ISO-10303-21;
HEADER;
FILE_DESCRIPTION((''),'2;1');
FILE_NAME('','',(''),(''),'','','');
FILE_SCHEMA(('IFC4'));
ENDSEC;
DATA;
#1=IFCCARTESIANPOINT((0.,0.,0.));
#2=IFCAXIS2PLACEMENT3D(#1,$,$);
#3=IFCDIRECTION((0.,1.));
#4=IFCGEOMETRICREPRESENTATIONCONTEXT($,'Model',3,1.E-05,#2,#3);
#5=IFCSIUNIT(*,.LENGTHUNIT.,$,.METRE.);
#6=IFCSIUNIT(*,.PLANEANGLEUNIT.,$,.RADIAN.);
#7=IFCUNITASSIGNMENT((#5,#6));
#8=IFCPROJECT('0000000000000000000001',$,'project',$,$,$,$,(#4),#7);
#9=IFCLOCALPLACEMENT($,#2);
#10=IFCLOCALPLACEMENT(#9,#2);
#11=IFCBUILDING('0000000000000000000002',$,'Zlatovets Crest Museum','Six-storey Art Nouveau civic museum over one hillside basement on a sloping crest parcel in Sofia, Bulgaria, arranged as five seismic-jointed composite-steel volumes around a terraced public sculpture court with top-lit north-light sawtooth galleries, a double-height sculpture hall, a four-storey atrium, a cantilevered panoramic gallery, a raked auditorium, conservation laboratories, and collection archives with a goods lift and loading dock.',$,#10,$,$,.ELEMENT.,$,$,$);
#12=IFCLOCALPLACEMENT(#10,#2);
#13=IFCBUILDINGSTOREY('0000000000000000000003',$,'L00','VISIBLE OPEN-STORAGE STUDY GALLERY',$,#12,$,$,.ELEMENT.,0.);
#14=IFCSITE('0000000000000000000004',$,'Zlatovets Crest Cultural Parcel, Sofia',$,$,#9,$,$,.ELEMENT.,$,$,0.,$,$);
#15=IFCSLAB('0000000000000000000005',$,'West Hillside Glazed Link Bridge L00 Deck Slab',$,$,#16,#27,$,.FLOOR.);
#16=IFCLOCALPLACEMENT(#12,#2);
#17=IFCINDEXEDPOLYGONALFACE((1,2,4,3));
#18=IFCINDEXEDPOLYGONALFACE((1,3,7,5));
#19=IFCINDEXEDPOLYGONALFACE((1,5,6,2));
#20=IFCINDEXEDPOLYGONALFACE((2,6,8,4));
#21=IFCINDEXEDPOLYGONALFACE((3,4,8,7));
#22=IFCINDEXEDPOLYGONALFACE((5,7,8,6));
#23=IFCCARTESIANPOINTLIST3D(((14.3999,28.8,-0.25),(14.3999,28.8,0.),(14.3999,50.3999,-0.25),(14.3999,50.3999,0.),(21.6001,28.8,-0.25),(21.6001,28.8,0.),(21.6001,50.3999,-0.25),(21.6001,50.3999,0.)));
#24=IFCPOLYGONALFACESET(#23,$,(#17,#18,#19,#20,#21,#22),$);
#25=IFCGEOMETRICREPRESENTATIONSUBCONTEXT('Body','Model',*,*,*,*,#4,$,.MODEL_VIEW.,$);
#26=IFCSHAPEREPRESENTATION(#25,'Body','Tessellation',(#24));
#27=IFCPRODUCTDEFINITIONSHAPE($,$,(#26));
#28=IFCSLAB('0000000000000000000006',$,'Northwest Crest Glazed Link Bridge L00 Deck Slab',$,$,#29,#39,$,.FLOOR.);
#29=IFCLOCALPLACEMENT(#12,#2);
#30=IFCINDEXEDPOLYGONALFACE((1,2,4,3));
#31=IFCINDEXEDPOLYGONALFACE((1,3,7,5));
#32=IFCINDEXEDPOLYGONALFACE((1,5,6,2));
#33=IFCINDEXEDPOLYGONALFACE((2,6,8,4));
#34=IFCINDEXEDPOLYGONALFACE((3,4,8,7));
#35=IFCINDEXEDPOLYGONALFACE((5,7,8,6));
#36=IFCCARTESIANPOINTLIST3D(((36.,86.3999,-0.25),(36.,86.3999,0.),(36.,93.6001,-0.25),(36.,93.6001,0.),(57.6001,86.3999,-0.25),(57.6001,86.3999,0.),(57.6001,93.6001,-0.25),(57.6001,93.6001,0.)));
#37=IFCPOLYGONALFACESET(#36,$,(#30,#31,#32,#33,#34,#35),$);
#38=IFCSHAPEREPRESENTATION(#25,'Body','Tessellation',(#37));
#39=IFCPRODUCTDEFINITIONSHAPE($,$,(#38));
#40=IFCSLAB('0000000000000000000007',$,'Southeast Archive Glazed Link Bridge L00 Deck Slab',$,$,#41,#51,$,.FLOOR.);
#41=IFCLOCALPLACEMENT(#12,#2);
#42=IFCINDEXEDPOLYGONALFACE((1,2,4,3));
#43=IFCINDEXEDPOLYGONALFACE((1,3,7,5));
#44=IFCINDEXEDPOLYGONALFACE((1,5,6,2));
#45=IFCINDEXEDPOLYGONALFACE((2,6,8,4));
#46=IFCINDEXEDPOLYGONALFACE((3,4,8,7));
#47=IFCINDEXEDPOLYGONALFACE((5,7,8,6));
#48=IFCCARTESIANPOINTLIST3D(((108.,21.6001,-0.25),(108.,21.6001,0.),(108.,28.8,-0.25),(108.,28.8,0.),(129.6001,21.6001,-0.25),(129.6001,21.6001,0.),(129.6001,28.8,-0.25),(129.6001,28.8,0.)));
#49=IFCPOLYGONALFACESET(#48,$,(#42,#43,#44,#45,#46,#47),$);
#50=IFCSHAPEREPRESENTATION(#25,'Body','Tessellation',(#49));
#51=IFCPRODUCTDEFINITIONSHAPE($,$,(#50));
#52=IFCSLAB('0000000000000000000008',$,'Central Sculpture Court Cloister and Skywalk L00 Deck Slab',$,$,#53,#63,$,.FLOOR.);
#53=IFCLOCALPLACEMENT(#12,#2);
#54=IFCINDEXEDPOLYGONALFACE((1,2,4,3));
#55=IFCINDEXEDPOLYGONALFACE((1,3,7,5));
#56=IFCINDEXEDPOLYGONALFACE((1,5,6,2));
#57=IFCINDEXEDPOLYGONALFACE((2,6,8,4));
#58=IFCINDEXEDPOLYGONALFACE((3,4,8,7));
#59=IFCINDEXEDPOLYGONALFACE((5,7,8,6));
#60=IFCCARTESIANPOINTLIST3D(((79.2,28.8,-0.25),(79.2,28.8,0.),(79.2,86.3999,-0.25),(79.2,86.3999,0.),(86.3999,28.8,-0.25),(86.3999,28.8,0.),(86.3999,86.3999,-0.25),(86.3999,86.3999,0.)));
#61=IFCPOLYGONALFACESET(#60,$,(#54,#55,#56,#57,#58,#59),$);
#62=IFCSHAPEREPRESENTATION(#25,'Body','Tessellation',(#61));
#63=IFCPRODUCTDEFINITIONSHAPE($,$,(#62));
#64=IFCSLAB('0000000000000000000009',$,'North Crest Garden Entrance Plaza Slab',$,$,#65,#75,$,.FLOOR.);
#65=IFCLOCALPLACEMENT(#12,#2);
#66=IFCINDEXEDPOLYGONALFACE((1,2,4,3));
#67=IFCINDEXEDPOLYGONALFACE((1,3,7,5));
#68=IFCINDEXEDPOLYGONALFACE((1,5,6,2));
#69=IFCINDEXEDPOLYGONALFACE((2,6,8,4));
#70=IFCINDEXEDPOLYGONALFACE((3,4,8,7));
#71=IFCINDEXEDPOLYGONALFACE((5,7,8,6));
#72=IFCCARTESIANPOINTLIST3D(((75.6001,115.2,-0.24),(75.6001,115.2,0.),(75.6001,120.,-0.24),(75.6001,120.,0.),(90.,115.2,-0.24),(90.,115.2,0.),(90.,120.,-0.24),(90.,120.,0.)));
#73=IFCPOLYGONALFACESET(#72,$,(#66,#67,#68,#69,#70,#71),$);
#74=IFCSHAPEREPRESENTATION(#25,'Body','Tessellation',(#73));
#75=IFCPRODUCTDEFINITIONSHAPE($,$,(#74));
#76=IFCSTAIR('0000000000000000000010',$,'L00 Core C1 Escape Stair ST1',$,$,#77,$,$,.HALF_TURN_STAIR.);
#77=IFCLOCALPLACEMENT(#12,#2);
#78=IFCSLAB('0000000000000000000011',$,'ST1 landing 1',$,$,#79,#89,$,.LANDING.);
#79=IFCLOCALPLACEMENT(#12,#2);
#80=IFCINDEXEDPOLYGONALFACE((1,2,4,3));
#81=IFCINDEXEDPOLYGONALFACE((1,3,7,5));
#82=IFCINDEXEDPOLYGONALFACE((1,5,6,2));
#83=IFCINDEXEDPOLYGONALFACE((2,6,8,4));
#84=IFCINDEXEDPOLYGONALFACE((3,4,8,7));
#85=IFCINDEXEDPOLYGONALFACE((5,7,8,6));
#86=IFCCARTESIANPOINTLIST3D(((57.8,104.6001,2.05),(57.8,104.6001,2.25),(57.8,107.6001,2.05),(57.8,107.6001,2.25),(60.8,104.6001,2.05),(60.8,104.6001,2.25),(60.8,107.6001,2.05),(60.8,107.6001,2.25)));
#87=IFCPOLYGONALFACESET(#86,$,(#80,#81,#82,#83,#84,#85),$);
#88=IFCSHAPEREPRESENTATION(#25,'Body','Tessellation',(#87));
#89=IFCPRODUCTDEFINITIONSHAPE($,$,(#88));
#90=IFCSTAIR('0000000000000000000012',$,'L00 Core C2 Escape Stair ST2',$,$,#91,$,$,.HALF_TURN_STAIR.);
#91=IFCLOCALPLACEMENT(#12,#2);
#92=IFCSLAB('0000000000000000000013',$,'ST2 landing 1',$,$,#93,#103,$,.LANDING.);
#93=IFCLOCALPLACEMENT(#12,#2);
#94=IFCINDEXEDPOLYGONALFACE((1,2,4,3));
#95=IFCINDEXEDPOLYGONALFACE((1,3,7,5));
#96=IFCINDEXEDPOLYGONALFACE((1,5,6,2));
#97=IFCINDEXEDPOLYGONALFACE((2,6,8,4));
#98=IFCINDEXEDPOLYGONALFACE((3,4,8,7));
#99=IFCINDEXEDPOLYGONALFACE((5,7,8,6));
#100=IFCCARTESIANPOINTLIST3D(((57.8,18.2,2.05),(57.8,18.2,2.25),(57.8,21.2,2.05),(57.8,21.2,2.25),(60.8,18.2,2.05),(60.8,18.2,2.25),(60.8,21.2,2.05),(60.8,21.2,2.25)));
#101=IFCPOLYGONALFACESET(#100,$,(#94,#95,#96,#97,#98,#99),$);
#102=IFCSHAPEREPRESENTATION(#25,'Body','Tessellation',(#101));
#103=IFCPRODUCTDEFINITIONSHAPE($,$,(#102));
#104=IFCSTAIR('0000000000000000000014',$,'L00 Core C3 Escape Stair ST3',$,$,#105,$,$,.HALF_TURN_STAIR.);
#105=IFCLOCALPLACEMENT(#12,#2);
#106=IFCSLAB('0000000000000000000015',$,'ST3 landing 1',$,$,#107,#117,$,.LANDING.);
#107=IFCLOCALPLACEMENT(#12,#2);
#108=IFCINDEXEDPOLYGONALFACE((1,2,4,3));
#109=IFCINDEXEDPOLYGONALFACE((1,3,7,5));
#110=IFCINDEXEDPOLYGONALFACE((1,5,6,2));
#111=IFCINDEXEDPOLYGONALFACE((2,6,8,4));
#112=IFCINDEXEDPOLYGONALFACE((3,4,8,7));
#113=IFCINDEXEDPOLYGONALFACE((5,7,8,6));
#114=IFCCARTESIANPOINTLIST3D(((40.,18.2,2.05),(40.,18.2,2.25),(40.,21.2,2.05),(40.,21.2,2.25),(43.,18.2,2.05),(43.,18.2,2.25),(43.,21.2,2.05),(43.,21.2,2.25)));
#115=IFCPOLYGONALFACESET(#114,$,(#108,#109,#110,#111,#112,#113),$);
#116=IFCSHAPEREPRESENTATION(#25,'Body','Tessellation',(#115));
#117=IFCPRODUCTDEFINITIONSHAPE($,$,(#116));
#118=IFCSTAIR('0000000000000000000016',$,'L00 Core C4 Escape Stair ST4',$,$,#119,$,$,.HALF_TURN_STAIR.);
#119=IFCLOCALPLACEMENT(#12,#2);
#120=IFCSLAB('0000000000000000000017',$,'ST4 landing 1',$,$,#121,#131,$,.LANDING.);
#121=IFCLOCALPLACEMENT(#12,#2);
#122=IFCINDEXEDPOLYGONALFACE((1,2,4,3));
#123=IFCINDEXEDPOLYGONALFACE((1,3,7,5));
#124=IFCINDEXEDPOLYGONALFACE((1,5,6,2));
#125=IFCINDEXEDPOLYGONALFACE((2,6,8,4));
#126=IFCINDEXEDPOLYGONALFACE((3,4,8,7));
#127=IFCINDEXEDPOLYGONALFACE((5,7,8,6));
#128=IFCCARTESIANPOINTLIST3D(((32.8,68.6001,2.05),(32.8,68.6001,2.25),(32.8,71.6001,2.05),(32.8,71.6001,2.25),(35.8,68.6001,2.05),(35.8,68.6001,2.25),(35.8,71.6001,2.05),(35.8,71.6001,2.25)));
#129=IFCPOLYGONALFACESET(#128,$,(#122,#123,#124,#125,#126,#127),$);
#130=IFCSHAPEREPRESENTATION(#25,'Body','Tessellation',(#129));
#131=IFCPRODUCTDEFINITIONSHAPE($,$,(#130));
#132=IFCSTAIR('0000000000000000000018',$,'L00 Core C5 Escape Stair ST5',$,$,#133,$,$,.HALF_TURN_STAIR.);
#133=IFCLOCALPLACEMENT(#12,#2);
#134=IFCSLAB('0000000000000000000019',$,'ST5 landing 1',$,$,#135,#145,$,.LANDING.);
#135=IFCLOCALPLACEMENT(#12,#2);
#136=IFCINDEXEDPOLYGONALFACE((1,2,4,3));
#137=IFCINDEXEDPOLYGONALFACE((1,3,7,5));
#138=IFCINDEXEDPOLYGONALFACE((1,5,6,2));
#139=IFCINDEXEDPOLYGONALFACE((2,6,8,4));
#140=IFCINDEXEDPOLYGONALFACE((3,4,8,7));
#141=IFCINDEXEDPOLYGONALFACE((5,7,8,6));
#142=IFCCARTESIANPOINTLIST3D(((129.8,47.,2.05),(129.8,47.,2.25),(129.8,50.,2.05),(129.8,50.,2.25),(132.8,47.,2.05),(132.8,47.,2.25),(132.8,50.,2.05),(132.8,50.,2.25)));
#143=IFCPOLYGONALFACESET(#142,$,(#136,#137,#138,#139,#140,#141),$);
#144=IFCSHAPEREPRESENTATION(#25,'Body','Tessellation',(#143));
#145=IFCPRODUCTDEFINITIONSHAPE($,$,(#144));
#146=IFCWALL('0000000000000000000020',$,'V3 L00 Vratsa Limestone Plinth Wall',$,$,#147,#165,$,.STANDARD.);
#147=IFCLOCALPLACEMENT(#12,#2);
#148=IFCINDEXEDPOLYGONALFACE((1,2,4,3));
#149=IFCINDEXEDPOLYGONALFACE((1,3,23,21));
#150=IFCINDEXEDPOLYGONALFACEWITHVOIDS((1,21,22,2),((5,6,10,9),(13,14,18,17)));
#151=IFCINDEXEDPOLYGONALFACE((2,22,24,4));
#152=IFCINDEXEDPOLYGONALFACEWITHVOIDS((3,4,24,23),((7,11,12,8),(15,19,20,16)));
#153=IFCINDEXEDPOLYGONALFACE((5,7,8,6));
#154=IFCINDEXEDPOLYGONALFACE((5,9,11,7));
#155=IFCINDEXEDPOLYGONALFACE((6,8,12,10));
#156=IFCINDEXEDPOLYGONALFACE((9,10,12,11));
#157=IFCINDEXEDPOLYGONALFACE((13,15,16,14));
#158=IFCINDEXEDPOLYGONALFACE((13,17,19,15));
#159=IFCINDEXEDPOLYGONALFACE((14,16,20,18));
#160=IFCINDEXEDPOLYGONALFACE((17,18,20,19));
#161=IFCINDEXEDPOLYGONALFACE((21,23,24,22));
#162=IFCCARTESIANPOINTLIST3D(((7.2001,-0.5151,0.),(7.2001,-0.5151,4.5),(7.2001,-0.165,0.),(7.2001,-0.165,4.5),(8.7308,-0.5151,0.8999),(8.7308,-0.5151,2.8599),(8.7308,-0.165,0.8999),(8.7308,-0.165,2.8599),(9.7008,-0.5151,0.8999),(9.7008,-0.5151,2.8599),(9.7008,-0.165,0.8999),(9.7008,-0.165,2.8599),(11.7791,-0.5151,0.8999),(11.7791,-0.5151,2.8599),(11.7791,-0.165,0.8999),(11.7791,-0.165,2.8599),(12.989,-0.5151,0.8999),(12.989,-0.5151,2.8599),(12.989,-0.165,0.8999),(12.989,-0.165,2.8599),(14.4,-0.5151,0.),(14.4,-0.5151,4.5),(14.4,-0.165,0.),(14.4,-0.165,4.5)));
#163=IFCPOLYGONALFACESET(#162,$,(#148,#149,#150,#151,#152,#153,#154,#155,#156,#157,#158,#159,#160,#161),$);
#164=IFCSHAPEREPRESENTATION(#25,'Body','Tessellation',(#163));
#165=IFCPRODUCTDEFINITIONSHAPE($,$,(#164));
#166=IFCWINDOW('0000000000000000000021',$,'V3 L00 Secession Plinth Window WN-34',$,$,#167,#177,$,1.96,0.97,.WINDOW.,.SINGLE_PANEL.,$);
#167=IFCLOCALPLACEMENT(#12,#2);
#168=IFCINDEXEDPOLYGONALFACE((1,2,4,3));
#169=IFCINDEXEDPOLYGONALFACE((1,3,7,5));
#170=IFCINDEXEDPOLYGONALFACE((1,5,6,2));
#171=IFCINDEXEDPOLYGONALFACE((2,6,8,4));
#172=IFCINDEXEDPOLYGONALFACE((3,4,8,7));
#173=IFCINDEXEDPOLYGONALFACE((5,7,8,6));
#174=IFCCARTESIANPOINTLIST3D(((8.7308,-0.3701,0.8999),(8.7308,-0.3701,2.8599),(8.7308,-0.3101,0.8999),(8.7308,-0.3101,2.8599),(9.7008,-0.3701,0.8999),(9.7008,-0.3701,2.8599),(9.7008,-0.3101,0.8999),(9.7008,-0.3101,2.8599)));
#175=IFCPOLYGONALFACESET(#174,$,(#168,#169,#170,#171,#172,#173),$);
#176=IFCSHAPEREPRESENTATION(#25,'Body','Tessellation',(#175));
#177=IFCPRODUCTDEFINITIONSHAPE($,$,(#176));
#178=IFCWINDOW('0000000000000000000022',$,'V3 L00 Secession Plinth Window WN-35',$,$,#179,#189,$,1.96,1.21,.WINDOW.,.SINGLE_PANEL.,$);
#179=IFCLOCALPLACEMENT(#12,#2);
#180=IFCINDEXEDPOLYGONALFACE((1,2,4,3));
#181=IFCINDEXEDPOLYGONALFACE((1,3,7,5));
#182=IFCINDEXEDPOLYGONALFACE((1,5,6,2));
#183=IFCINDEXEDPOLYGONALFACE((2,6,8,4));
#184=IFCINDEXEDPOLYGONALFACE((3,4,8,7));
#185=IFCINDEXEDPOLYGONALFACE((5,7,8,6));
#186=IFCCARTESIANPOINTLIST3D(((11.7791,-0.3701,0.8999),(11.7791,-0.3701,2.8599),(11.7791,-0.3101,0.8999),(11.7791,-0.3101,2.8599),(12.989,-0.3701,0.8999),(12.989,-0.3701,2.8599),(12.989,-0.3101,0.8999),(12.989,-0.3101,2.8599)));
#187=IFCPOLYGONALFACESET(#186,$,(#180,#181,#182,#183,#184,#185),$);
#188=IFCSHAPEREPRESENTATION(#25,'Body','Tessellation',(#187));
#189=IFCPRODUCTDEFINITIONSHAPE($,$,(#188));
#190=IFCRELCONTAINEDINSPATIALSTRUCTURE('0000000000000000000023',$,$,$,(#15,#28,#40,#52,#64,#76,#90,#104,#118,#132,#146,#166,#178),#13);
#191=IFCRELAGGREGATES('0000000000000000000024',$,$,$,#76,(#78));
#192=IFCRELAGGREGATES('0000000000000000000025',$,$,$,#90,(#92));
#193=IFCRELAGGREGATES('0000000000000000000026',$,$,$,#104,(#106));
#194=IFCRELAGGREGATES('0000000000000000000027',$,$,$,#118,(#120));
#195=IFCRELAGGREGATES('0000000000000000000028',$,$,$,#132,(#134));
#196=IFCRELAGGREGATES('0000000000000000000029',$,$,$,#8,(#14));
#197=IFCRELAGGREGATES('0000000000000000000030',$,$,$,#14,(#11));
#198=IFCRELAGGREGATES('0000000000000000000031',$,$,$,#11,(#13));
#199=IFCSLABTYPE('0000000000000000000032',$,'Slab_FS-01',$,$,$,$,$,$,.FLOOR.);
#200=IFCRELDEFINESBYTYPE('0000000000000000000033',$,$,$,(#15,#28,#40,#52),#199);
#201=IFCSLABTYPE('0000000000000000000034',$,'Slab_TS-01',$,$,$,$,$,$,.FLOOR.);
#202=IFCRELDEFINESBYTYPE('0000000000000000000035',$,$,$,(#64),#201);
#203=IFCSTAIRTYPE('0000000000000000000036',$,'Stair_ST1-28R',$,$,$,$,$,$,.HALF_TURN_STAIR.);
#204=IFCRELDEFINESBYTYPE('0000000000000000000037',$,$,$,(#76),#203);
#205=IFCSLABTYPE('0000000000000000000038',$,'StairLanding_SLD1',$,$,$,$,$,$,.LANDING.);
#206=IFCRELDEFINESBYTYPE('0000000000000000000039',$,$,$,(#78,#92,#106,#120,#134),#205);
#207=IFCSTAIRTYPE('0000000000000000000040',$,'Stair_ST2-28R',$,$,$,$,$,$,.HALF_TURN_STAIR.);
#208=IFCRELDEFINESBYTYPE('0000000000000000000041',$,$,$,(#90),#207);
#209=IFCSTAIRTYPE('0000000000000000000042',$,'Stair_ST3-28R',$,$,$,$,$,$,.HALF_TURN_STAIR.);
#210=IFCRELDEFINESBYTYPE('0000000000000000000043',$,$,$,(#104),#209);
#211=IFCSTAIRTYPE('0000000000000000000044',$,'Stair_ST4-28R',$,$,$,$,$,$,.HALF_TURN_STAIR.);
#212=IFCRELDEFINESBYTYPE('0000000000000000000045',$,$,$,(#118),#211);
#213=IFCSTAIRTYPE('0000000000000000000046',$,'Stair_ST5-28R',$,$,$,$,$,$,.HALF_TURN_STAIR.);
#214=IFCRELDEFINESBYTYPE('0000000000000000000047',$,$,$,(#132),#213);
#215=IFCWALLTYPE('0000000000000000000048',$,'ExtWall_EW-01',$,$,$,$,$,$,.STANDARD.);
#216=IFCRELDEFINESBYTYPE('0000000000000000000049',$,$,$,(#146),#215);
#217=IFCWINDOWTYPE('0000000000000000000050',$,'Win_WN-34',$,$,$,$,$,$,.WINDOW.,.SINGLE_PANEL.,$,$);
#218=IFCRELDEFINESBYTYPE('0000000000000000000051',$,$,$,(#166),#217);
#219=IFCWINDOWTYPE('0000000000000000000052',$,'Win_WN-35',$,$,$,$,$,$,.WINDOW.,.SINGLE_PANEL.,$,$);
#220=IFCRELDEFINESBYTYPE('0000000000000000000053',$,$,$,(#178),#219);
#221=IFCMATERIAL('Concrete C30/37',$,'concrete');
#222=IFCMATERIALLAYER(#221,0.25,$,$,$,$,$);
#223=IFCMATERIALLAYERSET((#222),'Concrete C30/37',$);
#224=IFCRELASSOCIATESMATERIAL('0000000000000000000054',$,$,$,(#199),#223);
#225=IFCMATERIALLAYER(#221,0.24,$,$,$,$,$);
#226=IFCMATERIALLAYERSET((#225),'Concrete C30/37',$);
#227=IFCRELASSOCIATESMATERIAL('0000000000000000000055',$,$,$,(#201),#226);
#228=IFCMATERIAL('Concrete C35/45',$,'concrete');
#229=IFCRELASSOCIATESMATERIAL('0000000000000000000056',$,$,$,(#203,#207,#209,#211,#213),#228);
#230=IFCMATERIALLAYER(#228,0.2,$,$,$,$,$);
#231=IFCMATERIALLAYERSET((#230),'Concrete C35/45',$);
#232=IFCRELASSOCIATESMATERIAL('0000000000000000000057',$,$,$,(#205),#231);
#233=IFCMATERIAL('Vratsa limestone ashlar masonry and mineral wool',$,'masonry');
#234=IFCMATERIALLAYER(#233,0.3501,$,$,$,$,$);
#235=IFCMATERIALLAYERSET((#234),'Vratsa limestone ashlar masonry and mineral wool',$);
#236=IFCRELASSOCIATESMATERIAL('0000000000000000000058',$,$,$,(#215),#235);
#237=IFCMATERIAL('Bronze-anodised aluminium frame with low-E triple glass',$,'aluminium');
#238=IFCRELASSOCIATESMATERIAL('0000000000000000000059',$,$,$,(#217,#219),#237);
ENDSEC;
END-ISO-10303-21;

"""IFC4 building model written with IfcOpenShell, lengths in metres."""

from ifc_helpers import new_model, si_unit, direction, frame, frame_2d, origin, place, context, subcontext, project, spatial, polyline, rectangle, outline, extrude, material, layer, layer_set, type_object, element, fill, aggregate, save


model = new_model("IFC4")

# Units and contexts
model_context = context("Model", 3, precision=1e-05, world=origin(), true_north=direction((0.0, 1.0)))
body_context = subcontext(model_context, "Body", "Model", "MODEL_VIEW")
ifc_project = project(units=[si_unit("LENGTHUNIT", "METRE"), si_unit("PLANEANGLEUNIT", "RADIAN")], contexts=[model_context])

# Site, building, storey
site_placement = place(None, origin())
site = spatial("IfcSite", under=ifc_project, at=site_placement, Name="Zlatovets Crest Cultural Parcel, Sofia", CompositionType="ELEMENT", RefElevation=0.0)
building_placement = place(site_placement, origin())
building = spatial("IfcBuilding", under=site, at=building_placement, Name="Zlatovets Crest Museum", Description="Six-storey Art Nouveau civic museum over one hillside basement on a sloping crest parcel in Sofia, Bulgaria, arranged as five seismic-jointed composite-steel volumes around a terraced public sculpture court with top-lit north-light sawtooth galleries, a double-height sculpture hall, a four-storey atrium, a cantilevered panoramic gallery, a raked auditorium, conservation laboratories, and collection archives with a goods lift and loading dock.", CompositionType="ELEMENT")
storey_placement = place(building_placement, origin())
storey = spatial("IfcBuildingStorey", under=building, at=storey_placement, Name="L00", Description="VISIBLE OPEN-STORAGE STUDY GALLERY", CompositionType="ELEMENT", Elevation=0.0)

# Slabs
ifc_material_1 = material(Name="Concrete C30/37", Category="concrete")
ifc_layer_1 = layer(ifc_material_1, 0.25)
ifc_layer_set_1 = layer_set([ifc_layer_1], Name="Concrete C30/37")
slab_type_1 = type_object("IfcSlabType", Name="Slab_FS-01", PredefinedType="FLOOR", material=ifc_layer_set_1)
slab_1_placement = place(storey_placement, frame((0.0, 0.0, -0.25)))
element("IfcSlab", 1, at=slab_1_placement, inside=storey, type_object=slab_type_1, Name="West Hillside Glazed Link Bridge L00 Deck Slab", PredefinedType="FLOOR", context=body_context, shape_type="SweptSolid", body=[
    extrude(outline(polyline([(21.6001, 28.8), (21.6001, 50.3999), (14.3999, 50.3999), (14.3999, 28.8), (21.6001, 28.8)])), origin(), (0.0, 0.0, 1.0), 0.25),
])
slab_2_placement = place(storey_placement, frame((0.0, 0.0, -0.25)))
element("IfcSlab", 2, at=slab_2_placement, inside=storey, type_object=slab_type_1, Name="Northwest Crest Glazed Link Bridge L00 Deck Slab", PredefinedType="FLOOR", context=body_context, shape_type="SweptSolid", body=[
    extrude(outline(polyline([(57.6001, 86.3999), (57.6001, 93.6001), (36.0, 93.6001), (36.0, 86.3999), (57.6001, 86.3999)])), origin(), (0.0, 0.0, 1.0), 0.25),
])
slab_3_placement = place(storey_placement, frame((0.0, 0.0, -0.25)))
element("IfcSlab", 3, at=slab_3_placement, inside=storey, type_object=slab_type_1, Name="Southeast Archive Glazed Link Bridge L00 Deck Slab", PredefinedType="FLOOR", context=body_context, shape_type="SweptSolid", body=[
    extrude(outline(polyline([(129.6001, 21.6001), (129.6001, 28.8), (108.0, 28.8), (108.0, 21.6001), (129.6001, 21.6001)])), origin(), (0.0, 0.0, 1.0), 0.25),
])
slab_4_placement = place(storey_placement, frame((0.0, 0.0, -0.25)))
element("IfcSlab", 4, at=slab_4_placement, inside=storey, type_object=slab_type_1, Name="Central Sculpture Court Cloister and Skywalk L00 Deck Slab", PredefinedType="FLOOR", context=body_context, shape_type="SweptSolid", body=[
    extrude(outline(polyline([(86.3999, 28.8), (86.3999, 86.3999), (79.2, 86.3999), (79.2, 28.8), (86.3999, 28.8)])), origin(), (0.0, 0.0, 1.0), 0.25),
])
ifc_layer_2 = layer(ifc_material_1, 0.24)
ifc_layer_set_2 = layer_set([ifc_layer_2], Name="Concrete C30/37")
slab_type_2 = type_object("IfcSlabType", Name="Slab_TS-01", PredefinedType="FLOOR", material=ifc_layer_set_2)
slab_5_placement = place(storey_placement, frame((0.0, 0.0, -0.24)))
element("IfcSlab", 5, at=slab_5_placement, inside=storey, type_object=slab_type_2, Name="North Crest Garden Entrance Plaza Slab", PredefinedType="FLOOR", context=body_context, shape_type="SweptSolid", body=[
    extrude(outline(polyline([(75.6001, 115.2), (90.0, 115.2), (90.0, 120.0), (75.6001, 120.0), (75.6001, 115.2)])), origin(), (0.0, 0.0, 1.0), 0.24),
])

# Stairs, slabs
ifc_material_2 = material(Name="Concrete C35/45", Category="concrete")
stair_type_1 = type_object("IfcStairType", Name="Stair_ST1-28R", PredefinedType="HALF_TURN_STAIR", material=ifc_material_2)
stair_1_placement = place(storey_placement, origin())
stair_1 = element("IfcStair", 6, at=stair_1_placement, inside=storey, type_object=stair_type_1, Name="L00 Core C1 Escape Stair ST1", PredefinedType="HALF_TURN_STAIR")
ifc_layer_3 = layer(ifc_material_2, 0.2)
ifc_layer_set_3 = layer_set([ifc_layer_3], Name="Concrete C35/45")
slab_type_3 = type_object("IfcSlabType", Name="StairLanding_SLD1", PredefinedType="LANDING", material=ifc_layer_set_3)
slab_6_placement = place(storey_placement, frame((0.0, 0.0, 2.05)))
slab_6 = element("IfcSlab", 7, at=slab_6_placement, type_object=slab_type_3, Name="ST1 landing 1", PredefinedType="LANDING", context=body_context, shape_type="SweptSolid", body=[
    extrude(outline(polyline([(60.8, 104.6001), (60.8, 107.6001), (57.8, 107.6001), (57.8, 104.6001), (60.8, 104.6001)])), origin(), (0.0, 0.0, 1.0), 0.2),
])
aggregate(stair_1, [slab_6])
stair_type_2 = type_object("IfcStairType", Name="Stair_ST2-28R", PredefinedType="HALF_TURN_STAIR", material=ifc_material_2)
stair_2_placement = place(storey_placement, origin())
stair_2 = element("IfcStair", 8, at=stair_2_placement, inside=storey, type_object=stair_type_2, Name="L00 Core C2 Escape Stair ST2", PredefinedType="HALF_TURN_STAIR")
slab_7_placement = place(storey_placement, frame((0.0, 0.0, 2.05)))
slab_7 = element("IfcSlab", 9, at=slab_7_placement, type_object=slab_type_3, Name="ST2 landing 1", PredefinedType="LANDING", context=body_context, shape_type="SweptSolid", body=[
    extrude(outline(polyline([(60.8, 18.2), (60.8, 21.2), (57.8, 21.2), (57.8, 18.2), (60.8, 18.2)])), origin(), (0.0, 0.0, 1.0), 0.2),
])
aggregate(stair_2, [slab_7])
stair_type_3 = type_object("IfcStairType", Name="Stair_ST3-28R", PredefinedType="HALF_TURN_STAIR", material=ifc_material_2)
stair_3_placement = place(storey_placement, origin())
stair_3 = element("IfcStair", 10, at=stair_3_placement, inside=storey, type_object=stair_type_3, Name="L00 Core C3 Escape Stair ST3", PredefinedType="HALF_TURN_STAIR")
slab_8_placement = place(storey_placement, frame((0.0, 0.0, 2.05)))
slab_8 = element("IfcSlab", 11, at=slab_8_placement, type_object=slab_type_3, Name="ST3 landing 1", PredefinedType="LANDING", context=body_context, shape_type="SweptSolid", body=[
    extrude(outline(polyline([(43.0, 18.2), (43.0, 21.2), (40.0, 21.2), (40.0, 18.2), (43.0, 18.2)])), origin(), (0.0, 0.0, 1.0), 0.2),
])
aggregate(stair_3, [slab_8])
stair_type_4 = type_object("IfcStairType", Name="Stair_ST4-28R", PredefinedType="HALF_TURN_STAIR", material=ifc_material_2)
stair_4_placement = place(storey_placement, origin())
stair_4 = element("IfcStair", 12, at=stair_4_placement, inside=storey, type_object=stair_type_4, Name="L00 Core C4 Escape Stair ST4", PredefinedType="HALF_TURN_STAIR")
slab_9_placement = place(storey_placement, frame((0.0, 0.0, 2.05)))
slab_9 = element("IfcSlab", 13, at=slab_9_placement, type_object=slab_type_3, Name="ST4 landing 1", PredefinedType="LANDING", context=body_context, shape_type="SweptSolid", body=[
    extrude(outline(polyline([(35.8, 68.6001), (35.8, 71.6001), (32.8, 71.6001), (32.8, 68.6001), (35.8, 68.6001)])), origin(), (0.0, 0.0, 1.0), 0.2),
])
aggregate(stair_4, [slab_9])
stair_type_5 = type_object("IfcStairType", Name="Stair_ST5-28R", PredefinedType="HALF_TURN_STAIR", material=ifc_material_2)
stair_5_placement = place(storey_placement, origin())
stair_5 = element("IfcStair", 14, at=stair_5_placement, inside=storey, type_object=stair_type_5, Name="L00 Core C5 Escape Stair ST5", PredefinedType="HALF_TURN_STAIR")
slab_10_placement = place(storey_placement, frame((0.0, 0.0, 2.05)))
slab_10 = element("IfcSlab", 15, at=slab_10_placement, type_object=slab_type_3, Name="ST5 landing 1", PredefinedType="LANDING", context=body_context, shape_type="SweptSolid", body=[
    extrude(outline(polyline([(132.8, 47.0), (132.8, 50.0), (129.8, 50.0), (129.8, 47.0), (132.8, 47.0)])), origin(), (0.0, 0.0, 1.0), 0.2),
])
aggregate(stair_5, [slab_10])

# Wall, openings, windows
ifc_material_3 = material(Name="Vratsa limestone ashlar masonry and mineral wool", Category="masonry")
ifc_layer_4 = layer(ifc_material_3, 0.3501)
ifc_layer_set_4 = layer_set([ifc_layer_4], Name="Vratsa limestone ashlar masonry and mineral wool")
wall_type = type_object("IfcWallType", Name="ExtWall_EW-01", PredefinedType="STANDARD", material=ifc_layer_set_4)
wall_placement = place(storey_placement, frame((7.2, -0.3401, 0.0), z_axis=(0.0, 0.0, 1.0), x_axis=(1.0, 0.0, 0.0)))
wall = element("IfcWall", 16, at=wall_placement, inside=storey, type_object=wall_type, Name="V3 L00 Vratsa Limestone Plinth Wall", PredefinedType="STANDARD", context=body_context, shape_type="SweptSolid", body=[
    extrude(rectangle(XDim=7.2, YDim=0.3501, at=frame_2d((3.6001, 0.0))), origin(), (0.0, 0.0, 1.0), 4.5),
])
opening_1_placement = place(wall_placement, frame((1.531, 0.0, 0.8999)))
opening_1 = element("IfcOpeningElement", 17, at=opening_1_placement, cuts=wall, PredefinedType="OPENING", context=body_context, shape_type="SweptSolid", body=[
    extrude(rectangle(XDim=0.97, YDim=1.96, at=frame_2d((0.4849, 0.98))), frame((0.0, 0.1851, 0.0), z_axis=(0.0, -1.0, 0.0), x_axis=(1.0, 0.0, 0.0)), (0.0, 0.0, 1.0), 0.3701),
])
opening_2_placement = place(wall_placement, frame((4.5791, 0.0, 0.8999)))
opening_2 = element("IfcOpeningElement", 18, at=opening_2_placement, cuts=wall, PredefinedType="OPENING", context=body_context, shape_type="SweptSolid", body=[
    extrude(rectangle(XDim=1.21, YDim=1.96, at=frame_2d((0.605, 0.98))), frame((0.0, 0.1851, 0.0), z_axis=(0.0, -1.0, 0.0), x_axis=(1.0, 0.0, 0.0)), (0.0, 0.0, 1.0), 0.3701),
])
ifc_material_4 = material(Name="Bronze-anodised aluminium frame with low-E triple glass", Category="aluminium")
window_type_1 = type_object("IfcWindowType", Name="Win_WN-34", PartitioningType="SINGLE_PANEL", PredefinedType="WINDOW", material=ifc_material_4)
window_1_placement = place(opening_1_placement, origin())
window_1 = element("IfcWindow", 19, at=window_1_placement, inside=storey, type_object=window_type_1, Name="V3 L00 Secession Plinth Window WN-34", OverallHeight=1.96, OverallWidth=0.97, PartitioningType="SINGLE_PANEL", PredefinedType="WINDOW", context=body_context, shape_type="SweptSolid", body=[
    extrude(rectangle(XDim=0.97, YDim=1.96, at=frame_2d((0.4849, 0.98))), frame((0.0, 0.03, 0.0), z_axis=(0.0, -1.0, 0.0), x_axis=(1.0, 0.0, 0.0)), (0.0, 0.0, 1.0), 0.0601),
])
fill(opening_1, window_1)
window_type_2 = type_object("IfcWindowType", Name="Win_WN-35", PartitioningType="SINGLE_PANEL", PredefinedType="WINDOW", material=ifc_material_4)
window_2_placement = place(opening_2_placement, origin())
window_2 = element("IfcWindow", 20, at=window_2_placement, inside=storey, type_object=window_type_2, Name="V3 L00 Secession Plinth Window WN-35", OverallHeight=1.96, OverallWidth=1.21, PartitioningType="SINGLE_PANEL", PredefinedType="WINDOW", context=body_context, shape_type="SweptSolid", body=[
    extrude(rectangle(XDim=1.21, YDim=1.96, at=frame_2d((0.605, 0.98))), frame((0.0, 0.03, 0.0), z_axis=(0.0, -1.0, 0.0), x_axis=(1.0, 0.0, 0.0)), (0.0, 0.0, 1.0), 0.0601),
])
fill(opening_2, window_2)

save(model, "model.ifc")
